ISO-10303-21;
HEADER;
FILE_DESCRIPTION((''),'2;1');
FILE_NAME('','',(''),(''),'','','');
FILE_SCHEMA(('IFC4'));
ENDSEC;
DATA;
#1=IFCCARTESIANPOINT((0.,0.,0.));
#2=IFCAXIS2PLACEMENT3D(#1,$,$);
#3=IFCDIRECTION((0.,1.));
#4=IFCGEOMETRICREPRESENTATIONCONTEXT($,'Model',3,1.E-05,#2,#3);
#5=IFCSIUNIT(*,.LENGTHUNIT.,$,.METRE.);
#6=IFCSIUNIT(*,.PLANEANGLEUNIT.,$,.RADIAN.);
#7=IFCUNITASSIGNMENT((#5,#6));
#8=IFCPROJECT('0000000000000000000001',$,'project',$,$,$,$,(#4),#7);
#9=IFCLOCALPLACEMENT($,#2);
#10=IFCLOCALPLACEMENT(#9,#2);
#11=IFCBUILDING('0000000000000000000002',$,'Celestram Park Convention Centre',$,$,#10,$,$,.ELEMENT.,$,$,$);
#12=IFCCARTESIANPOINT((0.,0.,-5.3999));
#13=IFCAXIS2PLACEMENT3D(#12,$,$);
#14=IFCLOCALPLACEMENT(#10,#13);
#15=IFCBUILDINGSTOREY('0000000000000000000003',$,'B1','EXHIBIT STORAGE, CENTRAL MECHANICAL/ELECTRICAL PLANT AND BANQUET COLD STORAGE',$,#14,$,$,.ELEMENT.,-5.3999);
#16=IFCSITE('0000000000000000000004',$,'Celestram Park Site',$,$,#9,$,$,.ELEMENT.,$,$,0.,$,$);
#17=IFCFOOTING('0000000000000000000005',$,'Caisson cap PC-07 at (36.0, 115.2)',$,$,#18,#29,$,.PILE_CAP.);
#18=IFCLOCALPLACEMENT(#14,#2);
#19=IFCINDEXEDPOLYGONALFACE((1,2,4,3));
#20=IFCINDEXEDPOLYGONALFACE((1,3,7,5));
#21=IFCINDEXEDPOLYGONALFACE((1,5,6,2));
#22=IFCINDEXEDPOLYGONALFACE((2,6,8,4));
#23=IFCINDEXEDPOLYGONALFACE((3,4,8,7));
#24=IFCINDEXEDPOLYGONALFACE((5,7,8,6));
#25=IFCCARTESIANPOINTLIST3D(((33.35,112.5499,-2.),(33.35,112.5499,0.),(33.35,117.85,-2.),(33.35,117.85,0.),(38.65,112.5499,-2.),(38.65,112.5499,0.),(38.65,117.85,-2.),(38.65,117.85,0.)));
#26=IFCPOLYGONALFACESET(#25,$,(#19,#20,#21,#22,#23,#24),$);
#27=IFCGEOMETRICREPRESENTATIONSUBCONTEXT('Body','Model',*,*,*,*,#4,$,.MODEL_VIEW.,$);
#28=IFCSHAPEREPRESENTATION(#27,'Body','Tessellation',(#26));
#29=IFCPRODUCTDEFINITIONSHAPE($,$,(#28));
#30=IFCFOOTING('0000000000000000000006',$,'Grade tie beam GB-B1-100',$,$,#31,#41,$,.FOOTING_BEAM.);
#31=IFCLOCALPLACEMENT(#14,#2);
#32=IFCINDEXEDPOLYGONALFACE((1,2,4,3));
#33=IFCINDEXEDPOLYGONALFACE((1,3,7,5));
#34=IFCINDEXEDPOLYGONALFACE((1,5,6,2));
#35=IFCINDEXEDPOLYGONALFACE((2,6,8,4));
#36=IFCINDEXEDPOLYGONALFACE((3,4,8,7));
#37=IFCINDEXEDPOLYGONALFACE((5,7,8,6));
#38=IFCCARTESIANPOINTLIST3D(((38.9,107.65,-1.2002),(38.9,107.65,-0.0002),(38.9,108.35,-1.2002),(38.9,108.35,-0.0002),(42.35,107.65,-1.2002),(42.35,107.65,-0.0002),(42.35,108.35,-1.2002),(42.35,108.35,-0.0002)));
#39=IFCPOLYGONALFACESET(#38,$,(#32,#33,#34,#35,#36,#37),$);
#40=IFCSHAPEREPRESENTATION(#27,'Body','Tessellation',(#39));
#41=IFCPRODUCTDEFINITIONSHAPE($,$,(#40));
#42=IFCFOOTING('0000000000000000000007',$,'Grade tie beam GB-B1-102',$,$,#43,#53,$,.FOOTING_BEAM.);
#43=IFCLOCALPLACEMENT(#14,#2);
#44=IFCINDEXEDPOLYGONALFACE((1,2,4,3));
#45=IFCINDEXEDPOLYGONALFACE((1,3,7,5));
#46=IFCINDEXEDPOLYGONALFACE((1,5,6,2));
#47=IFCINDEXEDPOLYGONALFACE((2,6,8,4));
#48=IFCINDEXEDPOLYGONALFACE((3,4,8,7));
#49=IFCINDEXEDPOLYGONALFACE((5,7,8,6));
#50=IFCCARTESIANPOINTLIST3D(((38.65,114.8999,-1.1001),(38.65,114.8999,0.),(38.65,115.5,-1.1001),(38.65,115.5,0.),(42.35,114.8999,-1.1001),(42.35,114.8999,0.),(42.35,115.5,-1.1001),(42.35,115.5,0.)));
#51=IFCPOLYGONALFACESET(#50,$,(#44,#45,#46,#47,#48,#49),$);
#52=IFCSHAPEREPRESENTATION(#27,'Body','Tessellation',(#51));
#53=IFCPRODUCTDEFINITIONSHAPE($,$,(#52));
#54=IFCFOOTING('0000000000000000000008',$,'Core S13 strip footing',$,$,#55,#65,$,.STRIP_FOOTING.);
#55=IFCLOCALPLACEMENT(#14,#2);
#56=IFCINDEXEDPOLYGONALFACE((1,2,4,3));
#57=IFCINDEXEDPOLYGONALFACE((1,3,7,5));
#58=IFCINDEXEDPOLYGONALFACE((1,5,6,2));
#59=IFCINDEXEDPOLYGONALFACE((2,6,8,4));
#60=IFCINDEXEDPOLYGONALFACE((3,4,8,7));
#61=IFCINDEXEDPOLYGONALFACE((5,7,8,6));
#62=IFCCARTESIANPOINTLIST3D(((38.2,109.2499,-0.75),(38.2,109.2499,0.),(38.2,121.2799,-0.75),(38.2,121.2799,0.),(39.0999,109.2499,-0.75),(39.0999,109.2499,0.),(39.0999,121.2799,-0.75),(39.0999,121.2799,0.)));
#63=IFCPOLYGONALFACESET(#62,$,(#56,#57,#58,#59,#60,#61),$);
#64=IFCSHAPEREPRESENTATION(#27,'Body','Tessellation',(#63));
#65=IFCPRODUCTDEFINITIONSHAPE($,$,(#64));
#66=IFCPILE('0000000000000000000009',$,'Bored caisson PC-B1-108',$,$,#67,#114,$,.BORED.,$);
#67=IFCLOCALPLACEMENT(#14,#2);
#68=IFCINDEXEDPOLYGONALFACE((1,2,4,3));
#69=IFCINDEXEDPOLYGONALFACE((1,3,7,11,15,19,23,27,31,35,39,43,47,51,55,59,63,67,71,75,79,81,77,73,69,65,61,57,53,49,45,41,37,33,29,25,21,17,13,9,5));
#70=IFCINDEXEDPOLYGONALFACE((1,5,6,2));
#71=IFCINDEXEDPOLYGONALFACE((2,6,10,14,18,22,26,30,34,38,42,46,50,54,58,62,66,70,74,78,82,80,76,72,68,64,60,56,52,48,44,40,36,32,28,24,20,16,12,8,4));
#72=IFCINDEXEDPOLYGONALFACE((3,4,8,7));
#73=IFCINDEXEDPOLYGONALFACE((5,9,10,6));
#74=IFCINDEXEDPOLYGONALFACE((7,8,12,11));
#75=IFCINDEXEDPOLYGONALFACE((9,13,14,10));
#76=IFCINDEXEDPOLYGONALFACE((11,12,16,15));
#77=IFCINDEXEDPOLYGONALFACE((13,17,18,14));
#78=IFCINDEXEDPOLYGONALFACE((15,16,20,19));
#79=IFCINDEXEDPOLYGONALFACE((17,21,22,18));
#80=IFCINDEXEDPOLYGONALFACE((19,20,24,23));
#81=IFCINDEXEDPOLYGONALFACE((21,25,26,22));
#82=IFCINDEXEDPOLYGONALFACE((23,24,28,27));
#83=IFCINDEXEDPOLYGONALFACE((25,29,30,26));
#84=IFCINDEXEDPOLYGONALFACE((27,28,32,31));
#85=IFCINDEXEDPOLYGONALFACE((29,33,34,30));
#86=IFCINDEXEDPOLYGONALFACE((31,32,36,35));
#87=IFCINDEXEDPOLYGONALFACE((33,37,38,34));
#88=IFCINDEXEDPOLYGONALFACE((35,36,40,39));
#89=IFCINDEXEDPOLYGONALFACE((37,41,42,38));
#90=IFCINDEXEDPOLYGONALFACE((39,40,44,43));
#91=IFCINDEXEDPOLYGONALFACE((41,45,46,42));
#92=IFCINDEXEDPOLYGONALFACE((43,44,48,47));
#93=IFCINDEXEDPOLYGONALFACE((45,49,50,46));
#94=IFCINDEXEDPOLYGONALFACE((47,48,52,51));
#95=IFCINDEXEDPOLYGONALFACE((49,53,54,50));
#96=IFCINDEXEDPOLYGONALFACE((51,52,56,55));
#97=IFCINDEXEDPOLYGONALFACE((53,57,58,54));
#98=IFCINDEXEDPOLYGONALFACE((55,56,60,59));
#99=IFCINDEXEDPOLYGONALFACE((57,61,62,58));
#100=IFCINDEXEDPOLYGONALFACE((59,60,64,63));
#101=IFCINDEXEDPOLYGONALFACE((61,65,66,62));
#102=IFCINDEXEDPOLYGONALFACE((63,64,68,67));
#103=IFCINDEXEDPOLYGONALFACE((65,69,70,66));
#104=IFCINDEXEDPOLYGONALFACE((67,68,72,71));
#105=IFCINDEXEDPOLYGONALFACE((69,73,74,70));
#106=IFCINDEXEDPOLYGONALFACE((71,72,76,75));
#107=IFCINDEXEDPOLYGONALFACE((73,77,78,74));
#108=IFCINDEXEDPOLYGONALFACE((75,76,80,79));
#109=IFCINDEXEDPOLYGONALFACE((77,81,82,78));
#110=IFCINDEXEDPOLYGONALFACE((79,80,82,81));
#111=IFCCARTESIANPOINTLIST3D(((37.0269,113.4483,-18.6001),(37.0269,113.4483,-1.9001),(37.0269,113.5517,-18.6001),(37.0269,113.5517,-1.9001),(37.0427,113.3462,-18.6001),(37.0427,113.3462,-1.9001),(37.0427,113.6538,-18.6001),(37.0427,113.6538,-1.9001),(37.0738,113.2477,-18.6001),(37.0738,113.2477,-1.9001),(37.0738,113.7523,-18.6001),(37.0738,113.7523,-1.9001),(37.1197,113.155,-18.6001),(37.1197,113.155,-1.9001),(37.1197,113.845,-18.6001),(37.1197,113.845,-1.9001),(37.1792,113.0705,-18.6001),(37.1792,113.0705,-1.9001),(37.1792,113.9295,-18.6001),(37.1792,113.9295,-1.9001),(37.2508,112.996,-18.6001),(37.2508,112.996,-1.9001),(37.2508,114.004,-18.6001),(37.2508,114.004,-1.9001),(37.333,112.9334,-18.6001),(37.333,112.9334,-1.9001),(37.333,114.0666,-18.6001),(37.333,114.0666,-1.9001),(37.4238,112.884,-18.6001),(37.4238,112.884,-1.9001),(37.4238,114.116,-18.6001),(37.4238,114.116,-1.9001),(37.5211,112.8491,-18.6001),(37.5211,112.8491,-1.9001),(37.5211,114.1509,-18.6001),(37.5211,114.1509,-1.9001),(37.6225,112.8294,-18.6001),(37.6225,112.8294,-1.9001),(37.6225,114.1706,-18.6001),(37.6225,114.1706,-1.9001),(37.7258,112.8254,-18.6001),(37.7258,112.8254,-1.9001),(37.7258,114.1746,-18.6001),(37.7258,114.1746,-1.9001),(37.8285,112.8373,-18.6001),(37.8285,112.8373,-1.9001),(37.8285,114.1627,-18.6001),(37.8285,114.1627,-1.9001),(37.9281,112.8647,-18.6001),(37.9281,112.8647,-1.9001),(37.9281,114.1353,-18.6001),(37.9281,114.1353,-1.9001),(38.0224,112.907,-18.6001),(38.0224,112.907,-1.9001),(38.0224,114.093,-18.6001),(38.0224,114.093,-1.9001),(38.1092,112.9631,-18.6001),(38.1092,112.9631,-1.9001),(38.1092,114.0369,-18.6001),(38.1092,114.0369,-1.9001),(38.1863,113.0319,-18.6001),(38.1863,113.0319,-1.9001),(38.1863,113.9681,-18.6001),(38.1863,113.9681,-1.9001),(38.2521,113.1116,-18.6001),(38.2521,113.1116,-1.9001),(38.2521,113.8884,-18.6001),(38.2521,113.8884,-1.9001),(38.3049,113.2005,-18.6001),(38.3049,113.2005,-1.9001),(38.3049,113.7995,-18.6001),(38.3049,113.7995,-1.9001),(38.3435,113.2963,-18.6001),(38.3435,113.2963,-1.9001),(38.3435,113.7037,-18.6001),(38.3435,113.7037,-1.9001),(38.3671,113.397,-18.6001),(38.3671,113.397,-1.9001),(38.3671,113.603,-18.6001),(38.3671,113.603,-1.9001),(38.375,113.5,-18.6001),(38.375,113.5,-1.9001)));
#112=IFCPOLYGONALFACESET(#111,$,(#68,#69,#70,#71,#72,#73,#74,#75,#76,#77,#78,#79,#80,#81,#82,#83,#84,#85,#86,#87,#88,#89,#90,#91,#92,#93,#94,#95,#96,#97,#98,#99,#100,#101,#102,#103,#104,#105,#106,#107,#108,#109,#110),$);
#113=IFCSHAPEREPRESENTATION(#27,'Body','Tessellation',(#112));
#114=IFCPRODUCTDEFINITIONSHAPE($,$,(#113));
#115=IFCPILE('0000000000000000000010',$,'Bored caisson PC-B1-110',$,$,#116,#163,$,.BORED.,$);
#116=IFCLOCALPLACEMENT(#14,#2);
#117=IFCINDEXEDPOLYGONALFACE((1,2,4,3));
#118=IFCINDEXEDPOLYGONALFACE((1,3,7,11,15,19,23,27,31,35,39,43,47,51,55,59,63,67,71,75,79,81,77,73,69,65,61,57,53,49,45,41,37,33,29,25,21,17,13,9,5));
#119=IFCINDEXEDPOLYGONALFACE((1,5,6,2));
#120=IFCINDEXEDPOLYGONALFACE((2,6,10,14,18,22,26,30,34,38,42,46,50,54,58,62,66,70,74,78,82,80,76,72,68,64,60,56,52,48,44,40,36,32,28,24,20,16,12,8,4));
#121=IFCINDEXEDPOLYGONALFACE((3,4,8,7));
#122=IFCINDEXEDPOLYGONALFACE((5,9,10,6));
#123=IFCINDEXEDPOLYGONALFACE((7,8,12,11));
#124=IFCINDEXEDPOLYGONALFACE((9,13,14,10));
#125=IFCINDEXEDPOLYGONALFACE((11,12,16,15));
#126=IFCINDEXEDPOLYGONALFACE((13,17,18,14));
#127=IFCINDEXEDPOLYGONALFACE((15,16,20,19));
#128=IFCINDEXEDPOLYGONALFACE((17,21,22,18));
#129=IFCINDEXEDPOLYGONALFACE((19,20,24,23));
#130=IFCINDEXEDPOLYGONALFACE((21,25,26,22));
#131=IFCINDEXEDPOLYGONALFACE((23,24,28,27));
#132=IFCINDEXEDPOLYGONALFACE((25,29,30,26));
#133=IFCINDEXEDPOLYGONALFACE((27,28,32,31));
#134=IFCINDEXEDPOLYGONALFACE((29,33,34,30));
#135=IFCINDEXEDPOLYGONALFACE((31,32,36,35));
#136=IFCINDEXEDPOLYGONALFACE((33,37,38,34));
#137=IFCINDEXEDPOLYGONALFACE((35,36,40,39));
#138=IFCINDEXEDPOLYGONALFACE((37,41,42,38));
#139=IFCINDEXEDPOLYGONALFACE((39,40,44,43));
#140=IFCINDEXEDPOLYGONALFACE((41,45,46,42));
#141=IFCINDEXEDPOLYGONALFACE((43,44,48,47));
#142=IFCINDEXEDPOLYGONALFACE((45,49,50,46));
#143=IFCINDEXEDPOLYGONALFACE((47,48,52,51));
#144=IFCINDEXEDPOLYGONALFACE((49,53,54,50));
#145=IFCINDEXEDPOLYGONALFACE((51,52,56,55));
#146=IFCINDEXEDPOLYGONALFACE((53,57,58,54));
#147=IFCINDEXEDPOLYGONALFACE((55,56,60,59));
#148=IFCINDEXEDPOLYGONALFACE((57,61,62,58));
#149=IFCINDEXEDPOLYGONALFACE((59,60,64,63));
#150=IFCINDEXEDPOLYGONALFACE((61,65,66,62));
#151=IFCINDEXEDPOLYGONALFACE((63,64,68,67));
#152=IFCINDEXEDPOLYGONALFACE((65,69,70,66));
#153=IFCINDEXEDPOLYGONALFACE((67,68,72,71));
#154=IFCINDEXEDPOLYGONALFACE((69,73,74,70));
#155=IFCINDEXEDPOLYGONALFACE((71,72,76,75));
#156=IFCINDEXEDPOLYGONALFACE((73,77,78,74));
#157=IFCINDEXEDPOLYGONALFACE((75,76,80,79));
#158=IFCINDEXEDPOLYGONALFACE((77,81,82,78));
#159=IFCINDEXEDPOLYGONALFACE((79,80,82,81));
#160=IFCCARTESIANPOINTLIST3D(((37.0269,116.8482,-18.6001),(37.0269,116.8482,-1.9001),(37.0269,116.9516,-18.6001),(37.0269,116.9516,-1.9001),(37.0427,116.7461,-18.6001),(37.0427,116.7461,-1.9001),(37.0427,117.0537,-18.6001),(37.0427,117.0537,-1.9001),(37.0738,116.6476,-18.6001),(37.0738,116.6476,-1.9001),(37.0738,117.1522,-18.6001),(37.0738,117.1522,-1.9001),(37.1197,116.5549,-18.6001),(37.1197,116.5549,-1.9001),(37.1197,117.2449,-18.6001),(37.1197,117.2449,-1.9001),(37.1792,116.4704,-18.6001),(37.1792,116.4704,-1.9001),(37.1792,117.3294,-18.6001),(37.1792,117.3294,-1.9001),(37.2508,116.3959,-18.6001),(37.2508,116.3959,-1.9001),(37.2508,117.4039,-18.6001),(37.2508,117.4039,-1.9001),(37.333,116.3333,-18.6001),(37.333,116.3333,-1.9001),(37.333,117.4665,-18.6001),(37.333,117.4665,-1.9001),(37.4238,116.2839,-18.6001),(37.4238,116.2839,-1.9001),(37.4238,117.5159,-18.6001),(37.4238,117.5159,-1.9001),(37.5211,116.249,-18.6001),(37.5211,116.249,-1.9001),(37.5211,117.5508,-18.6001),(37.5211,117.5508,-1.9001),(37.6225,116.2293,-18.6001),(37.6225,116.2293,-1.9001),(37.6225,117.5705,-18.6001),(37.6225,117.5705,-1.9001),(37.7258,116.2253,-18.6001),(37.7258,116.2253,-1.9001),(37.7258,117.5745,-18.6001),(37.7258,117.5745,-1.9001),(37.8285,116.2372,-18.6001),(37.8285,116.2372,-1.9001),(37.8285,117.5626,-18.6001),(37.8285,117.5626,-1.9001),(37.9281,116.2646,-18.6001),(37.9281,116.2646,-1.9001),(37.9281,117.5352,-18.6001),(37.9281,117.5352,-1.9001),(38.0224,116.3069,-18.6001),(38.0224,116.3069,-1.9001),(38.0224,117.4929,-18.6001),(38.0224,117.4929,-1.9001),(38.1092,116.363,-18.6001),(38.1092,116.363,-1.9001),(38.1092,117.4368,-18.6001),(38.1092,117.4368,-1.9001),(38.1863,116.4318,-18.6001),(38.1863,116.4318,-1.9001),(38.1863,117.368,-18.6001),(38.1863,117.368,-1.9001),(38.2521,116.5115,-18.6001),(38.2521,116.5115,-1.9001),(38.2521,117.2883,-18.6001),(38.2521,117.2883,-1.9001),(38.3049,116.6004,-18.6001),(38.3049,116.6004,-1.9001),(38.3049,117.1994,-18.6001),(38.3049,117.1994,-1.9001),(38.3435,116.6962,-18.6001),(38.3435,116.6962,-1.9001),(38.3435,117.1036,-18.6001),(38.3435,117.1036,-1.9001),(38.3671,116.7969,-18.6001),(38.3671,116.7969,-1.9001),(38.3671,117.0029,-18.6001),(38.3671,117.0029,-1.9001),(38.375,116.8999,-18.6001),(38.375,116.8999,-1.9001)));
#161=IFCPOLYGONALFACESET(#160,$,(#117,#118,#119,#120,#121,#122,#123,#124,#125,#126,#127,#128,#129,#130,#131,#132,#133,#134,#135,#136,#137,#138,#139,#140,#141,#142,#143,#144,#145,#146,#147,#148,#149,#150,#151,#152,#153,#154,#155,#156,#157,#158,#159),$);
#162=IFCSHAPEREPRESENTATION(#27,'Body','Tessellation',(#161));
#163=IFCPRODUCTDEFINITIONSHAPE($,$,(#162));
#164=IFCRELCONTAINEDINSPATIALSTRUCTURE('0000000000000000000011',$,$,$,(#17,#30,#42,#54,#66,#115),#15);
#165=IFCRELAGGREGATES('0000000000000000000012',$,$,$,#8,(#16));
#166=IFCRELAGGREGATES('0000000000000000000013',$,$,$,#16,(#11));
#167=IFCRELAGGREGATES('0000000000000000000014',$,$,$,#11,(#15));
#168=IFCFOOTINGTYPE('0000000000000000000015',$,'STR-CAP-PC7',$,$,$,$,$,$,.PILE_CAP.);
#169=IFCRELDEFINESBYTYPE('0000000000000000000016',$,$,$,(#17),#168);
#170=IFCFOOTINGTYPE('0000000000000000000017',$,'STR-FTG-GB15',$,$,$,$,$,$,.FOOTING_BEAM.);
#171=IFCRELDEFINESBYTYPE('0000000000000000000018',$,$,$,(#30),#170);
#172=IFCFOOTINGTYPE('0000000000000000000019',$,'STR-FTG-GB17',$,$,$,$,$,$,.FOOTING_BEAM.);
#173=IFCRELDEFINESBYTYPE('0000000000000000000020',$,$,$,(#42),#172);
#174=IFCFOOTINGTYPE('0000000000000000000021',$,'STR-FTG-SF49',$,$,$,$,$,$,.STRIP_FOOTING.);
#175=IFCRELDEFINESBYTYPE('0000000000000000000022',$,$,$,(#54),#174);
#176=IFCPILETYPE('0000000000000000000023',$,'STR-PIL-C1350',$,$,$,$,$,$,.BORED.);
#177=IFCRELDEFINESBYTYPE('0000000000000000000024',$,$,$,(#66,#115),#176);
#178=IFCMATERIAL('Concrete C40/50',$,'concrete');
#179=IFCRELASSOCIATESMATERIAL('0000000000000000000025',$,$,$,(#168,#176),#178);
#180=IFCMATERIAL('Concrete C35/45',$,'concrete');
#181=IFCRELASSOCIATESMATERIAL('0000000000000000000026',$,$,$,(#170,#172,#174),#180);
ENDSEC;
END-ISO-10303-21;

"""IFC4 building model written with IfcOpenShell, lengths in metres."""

from ifc_helpers import new_model, si_unit, direction, frame, origin, origin_2d, place, context, subcontext, project, spatial, rectangle, circle, extrude, material, material_profile, profile_set, type_object, element, save


model = new_model("IFC4")

# Units and contexts
model_context = context("Model", 3, precision=1e-05, world=origin(), true_north=direction((0.0, 1.0)))
body_context = subcontext(model_context, "Body", "Model", "MODEL_VIEW")
ifc_project = project(units=[si_unit("LENGTHUNIT", "METRE"), si_unit("PLANEANGLEUNIT", "RADIAN")], contexts=[model_context])

# Site, building, storey
site_placement = place(None, origin())
site = spatial("IfcSite", under=ifc_project, at=site_placement, Name="Celestram Park Site", CompositionType="ELEMENT", RefElevation=0.0)
building_placement = place(site_placement, origin())
building = spatial("IfcBuilding", under=site, at=building_placement, Name="Celestram Park Convention Centre", CompositionType="ELEMENT")
storey_placement = place(building_placement, frame((0.0, 0.0, -5.3999)))
storey = spatial("IfcBuildingStorey", under=building, at=storey_placement, Name="B1", Description="EXHIBIT STORAGE, CENTRAL MECHANICAL/ELECTRICAL PLANT AND BANQUET COLD STORAGE", CompositionType="ELEMENT", Elevation=-5.3999)

# Footings
ifc_material_1 = material(Name="Concrete C40/50", Category="concrete")
footing_type_1 = type_object("IfcFootingType", Name="STR-CAP-PC7", PredefinedType="PILE_CAP", material=ifc_material_1)
footing_1_placement = place(storey_placement, frame((36.0, 115.2, -2.0), z_axis=(0.0, 0.0, 1.0), x_axis=(1.0, 0.0, 0.0)))
element("IfcFooting", 1, at=footing_1_placement, inside=storey, type_object=footing_type_1, Name="Caisson cap PC-07 at (36.0, 115.2)", PredefinedType="PILE_CAP", context=body_context, shape_type="SweptSolid", body=[
    extrude(rectangle(XDim=5.3, YDim=5.3, at=origin_2d()), origin(), (0.0, 0.0, 1.0), 2.0),
])
ifc_material_2 = material(Name="Concrete C35/45", Category="concrete")
footing_type_2 = type_object("IfcFootingType", Name="STR-FTG-GB15", PredefinedType="FOOTING_BEAM", material=ifc_material_2)
footing_2_placement = place(storey_placement, frame((40.625, 108.0, -1.2002), z_axis=(0.0, 0.0, 1.0), x_axis=(1.0, 0.0, 0.0)))
element("IfcFooting", 2, at=footing_2_placement, inside=storey, type_object=footing_type_2, Name="Grade tie beam GB-B1-100", PredefinedType="FOOTING_BEAM", context=body_context, shape_type="SweptSolid", body=[
    extrude(rectangle(XDim=3.45, YDim=0.7, at=origin_2d()), origin(), (0.0, 0.0, 1.0), 1.2),
])
footing_type_3 = type_object("IfcFootingType", Name="STR-FTG-GB17", PredefinedType="FOOTING_BEAM", material=ifc_material_2)
footing_3_placement = place(storey_placement, frame((40.5, 115.2, -1.1001), z_axis=(0.0, 0.0, 1.0), x_axis=(1.0, 0.0, 0.0)))
element("IfcFooting", 3, at=footing_3_placement, inside=storey, type_object=footing_type_3, Name="Grade tie beam GB-B1-102", PredefinedType="FOOTING_BEAM", context=body_context, shape_type="SweptSolid", body=[
    extrude(rectangle(XDim=3.7, YDim=0.6001, at=origin_2d()), origin(), (0.0, 0.0, 1.0), 1.1001),
])
footing_type_4 = type_object("IfcFootingType", Name="STR-FTG-SF49", PredefinedType="STRIP_FOOTING", material=ifc_material_2)
footing_4_placement = place(storey_placement, frame((38.6499, 115.2649, -0.75), z_axis=(0.0, 0.0, 1.0), x_axis=(0.0, 1.0, 0.0)))
element("IfcFooting", 4, at=footing_4_placement, inside=storey, type_object=footing_type_4, Name="Core S13 strip footing", PredefinedType="STRIP_FOOTING", context=body_context, shape_type="SweptSolid", body=[
    extrude(rectangle(XDim=12.03, YDim=0.8999, at=origin_2d()), origin(), (0.0, 0.0, 1.0), 0.75),
])

# Piles
ifc_material_profile_1 = material_profile(ifc_material_1, circle(Radius=0.675, at=origin_2d()), Name="CAISSON1350")
ifc_profile_set_1 = profile_set([ifc_material_profile_1], Name="Concrete C40/50")
pile_type_1 = type_object("IfcPileType", Name="STR-PIL-C1350", PredefinedType="BORED", material=ifc_profile_set_1)
for number, where, z_axis, x_axis, name in (
    (5, (37.7, 113.5, -1.9001), (0.0, 0.0, -1.0), (1.0, 0.0, 0.0), "Bored caisson PC-B1-108"),
    (6, (37.7, 116.8999, -1.9001), (0.0, 0.0, -1.0), (1.0, 0.0, 0.0), "Bored caisson PC-B1-110"),
):
    element("IfcPile", number, at=place(storey_placement, frame(where, z_axis=z_axis, x_axis=x_axis)), inside=storey, type_object=pile_type_1, Name=name, PredefinedType="BORED", context=body_context, shape_type="SweptSolid", body=[
        extrude(circle(Radius=0.675, at=origin_2d()), origin(), (0.0, 0.0, 1.0), 16.7),
    ])

save(model, "model.ifc")
